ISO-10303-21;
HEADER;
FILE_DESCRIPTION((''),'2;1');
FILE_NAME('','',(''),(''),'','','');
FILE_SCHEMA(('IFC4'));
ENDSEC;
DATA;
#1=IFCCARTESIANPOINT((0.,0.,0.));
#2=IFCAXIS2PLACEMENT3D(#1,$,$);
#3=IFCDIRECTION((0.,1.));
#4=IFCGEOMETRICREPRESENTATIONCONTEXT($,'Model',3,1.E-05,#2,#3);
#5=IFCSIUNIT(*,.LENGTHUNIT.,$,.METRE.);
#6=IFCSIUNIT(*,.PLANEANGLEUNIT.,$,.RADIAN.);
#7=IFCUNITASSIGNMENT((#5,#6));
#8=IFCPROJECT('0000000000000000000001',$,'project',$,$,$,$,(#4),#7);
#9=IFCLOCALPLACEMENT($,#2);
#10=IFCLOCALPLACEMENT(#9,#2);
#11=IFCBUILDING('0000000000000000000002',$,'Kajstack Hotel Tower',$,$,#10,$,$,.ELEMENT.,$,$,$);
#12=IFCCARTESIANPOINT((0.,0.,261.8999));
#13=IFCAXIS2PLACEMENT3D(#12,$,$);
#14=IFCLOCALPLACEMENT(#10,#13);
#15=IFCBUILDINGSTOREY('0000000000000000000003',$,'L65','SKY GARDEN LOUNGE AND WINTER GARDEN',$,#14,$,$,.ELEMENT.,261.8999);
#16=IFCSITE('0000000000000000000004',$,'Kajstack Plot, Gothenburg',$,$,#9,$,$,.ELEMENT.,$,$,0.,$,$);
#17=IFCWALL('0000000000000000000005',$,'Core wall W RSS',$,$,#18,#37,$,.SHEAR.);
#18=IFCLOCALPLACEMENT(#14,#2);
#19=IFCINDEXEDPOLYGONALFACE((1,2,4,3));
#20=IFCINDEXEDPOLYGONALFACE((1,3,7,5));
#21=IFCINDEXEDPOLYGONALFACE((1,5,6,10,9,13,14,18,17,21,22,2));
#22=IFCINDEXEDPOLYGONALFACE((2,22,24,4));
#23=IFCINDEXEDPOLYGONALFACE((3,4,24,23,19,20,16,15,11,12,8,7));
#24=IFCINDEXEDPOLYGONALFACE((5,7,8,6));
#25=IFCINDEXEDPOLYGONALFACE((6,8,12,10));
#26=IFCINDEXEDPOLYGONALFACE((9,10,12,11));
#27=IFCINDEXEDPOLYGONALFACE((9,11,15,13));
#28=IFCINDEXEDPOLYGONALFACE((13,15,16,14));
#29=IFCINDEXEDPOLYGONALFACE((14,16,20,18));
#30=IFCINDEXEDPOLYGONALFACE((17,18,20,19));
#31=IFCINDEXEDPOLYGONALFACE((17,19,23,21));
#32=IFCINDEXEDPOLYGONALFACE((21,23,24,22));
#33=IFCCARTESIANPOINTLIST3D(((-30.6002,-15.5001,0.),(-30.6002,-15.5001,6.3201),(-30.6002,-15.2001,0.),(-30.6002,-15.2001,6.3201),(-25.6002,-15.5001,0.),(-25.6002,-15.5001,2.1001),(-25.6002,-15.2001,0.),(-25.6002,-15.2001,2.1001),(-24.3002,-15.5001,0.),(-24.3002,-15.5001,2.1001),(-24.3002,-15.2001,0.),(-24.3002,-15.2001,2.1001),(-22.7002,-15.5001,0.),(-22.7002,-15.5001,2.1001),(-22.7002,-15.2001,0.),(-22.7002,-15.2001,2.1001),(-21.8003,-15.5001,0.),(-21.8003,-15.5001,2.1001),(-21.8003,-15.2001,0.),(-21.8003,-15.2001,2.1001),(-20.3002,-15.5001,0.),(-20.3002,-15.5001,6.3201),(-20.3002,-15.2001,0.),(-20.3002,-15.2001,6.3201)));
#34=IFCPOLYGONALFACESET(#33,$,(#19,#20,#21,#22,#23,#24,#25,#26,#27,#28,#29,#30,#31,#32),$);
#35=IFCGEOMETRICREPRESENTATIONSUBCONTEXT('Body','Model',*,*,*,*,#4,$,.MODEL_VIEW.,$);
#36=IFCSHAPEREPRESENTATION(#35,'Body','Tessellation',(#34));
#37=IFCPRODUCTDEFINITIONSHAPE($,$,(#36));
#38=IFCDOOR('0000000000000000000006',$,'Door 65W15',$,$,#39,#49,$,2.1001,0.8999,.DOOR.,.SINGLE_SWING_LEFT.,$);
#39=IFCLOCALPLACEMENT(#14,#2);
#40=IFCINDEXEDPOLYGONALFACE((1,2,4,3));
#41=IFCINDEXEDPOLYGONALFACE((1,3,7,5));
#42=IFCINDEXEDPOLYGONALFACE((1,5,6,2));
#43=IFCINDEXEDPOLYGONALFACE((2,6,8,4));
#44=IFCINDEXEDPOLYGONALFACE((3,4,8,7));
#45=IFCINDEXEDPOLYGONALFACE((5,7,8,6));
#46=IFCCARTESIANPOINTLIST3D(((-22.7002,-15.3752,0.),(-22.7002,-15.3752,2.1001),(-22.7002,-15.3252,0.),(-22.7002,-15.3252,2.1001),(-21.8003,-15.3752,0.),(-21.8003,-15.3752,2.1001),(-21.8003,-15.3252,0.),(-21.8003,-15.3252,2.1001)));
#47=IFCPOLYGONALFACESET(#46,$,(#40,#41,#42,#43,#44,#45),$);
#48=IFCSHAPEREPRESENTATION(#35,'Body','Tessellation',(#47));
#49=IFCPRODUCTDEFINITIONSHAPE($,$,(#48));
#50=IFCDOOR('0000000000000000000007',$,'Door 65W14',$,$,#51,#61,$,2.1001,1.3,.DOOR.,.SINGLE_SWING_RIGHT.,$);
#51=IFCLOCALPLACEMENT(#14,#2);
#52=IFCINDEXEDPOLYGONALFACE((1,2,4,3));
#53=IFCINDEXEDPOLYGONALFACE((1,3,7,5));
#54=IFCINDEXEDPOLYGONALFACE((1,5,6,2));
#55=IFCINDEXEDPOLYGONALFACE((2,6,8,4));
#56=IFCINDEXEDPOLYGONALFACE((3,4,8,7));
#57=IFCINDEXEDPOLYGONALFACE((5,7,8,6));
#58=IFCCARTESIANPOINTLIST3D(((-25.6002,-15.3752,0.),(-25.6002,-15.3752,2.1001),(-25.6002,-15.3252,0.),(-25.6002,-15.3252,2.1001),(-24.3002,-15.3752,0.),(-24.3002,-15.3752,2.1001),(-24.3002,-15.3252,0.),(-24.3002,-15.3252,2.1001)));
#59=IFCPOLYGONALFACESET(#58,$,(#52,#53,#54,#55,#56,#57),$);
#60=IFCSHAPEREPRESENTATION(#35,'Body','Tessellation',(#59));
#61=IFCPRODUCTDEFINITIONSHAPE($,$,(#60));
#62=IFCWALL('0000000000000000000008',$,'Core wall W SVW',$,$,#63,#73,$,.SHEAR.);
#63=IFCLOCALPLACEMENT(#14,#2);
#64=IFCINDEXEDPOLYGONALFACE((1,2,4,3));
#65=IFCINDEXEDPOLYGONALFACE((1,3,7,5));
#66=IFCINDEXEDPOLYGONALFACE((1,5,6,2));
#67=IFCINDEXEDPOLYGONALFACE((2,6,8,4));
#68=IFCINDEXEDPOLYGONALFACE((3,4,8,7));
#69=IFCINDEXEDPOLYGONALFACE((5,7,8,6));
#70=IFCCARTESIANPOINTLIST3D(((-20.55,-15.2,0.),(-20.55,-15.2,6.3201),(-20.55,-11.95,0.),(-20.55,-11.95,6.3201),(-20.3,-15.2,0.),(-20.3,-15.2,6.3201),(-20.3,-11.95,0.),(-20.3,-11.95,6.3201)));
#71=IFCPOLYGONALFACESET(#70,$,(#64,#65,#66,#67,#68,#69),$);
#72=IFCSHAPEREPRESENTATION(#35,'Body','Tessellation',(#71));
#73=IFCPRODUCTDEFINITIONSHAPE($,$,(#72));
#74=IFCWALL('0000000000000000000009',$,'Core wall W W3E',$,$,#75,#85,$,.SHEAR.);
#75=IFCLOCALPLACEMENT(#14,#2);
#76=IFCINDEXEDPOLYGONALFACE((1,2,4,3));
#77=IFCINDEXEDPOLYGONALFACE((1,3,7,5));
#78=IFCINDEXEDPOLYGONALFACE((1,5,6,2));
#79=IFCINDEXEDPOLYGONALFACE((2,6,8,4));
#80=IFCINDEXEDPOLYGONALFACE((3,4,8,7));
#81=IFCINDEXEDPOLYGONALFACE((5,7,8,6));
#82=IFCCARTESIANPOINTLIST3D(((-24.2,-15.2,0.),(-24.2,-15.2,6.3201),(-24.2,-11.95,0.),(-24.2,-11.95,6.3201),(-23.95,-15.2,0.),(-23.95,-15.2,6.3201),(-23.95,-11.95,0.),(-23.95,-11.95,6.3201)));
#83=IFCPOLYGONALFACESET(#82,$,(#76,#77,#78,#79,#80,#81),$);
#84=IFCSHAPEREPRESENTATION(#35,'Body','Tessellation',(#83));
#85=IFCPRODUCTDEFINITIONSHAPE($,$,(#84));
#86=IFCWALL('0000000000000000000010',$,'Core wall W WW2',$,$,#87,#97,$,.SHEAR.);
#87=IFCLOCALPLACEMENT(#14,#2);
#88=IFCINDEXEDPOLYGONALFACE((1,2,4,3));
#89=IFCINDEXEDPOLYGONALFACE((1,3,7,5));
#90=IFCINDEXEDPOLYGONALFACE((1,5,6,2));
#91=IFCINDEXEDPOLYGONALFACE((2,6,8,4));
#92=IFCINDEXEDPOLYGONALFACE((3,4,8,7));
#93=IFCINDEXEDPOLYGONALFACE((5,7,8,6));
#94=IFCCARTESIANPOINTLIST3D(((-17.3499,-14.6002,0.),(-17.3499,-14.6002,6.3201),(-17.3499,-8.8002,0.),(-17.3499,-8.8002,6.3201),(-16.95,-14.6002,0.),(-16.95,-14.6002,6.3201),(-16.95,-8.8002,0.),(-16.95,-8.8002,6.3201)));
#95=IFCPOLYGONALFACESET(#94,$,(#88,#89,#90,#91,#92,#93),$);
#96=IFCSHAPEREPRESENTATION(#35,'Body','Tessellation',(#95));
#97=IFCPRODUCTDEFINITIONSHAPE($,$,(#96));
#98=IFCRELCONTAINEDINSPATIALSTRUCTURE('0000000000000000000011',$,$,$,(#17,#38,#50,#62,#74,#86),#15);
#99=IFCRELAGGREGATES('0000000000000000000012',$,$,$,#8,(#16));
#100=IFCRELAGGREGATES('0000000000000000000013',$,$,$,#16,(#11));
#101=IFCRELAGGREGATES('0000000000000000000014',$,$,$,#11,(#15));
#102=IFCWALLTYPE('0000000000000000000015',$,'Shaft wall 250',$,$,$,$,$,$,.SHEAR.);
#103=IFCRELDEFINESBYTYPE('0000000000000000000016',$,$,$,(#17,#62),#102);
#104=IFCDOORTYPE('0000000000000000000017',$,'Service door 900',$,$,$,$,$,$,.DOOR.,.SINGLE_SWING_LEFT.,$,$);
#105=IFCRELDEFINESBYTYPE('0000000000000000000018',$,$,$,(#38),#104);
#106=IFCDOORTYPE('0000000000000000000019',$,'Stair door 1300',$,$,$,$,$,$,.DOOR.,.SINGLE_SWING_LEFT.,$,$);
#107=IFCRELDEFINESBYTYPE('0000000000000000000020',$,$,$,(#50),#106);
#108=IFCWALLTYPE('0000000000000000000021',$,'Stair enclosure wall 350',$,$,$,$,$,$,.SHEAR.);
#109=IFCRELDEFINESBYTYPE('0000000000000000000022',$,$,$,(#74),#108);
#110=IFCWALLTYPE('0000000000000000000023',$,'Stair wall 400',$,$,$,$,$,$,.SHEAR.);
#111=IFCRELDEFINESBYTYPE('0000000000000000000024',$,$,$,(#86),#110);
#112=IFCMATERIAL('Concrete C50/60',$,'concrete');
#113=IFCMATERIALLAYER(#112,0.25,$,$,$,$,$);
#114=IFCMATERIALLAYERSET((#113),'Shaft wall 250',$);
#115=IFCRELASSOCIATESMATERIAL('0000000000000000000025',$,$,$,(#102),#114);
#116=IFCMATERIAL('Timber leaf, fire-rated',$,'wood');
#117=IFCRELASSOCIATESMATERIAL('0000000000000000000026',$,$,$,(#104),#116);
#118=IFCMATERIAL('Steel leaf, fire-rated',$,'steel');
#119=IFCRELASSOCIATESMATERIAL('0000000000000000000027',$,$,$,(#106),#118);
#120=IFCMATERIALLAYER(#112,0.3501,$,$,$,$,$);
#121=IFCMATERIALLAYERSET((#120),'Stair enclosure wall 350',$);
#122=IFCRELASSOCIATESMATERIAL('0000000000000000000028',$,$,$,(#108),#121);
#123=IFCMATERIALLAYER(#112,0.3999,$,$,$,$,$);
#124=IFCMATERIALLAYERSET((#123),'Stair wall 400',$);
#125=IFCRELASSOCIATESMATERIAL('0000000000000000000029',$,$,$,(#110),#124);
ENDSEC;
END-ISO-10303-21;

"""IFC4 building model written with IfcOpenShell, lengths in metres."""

from ifc_helpers import new_model, si_unit, direction, frame, frame_2d, origin, place, context, subcontext, project, spatial, rectangle, extrude, material, layer, layer_set, type_object, element, fill, save


model = new_model("IFC4")

# Units and contexts
model_context = context("Model", 3, precision=1e-05, world=origin(), true_north=direction((0.0, 1.0)))
body_context = subcontext(model_context, "Body", "Model", "MODEL_VIEW")
ifc_project = project(units=[si_unit("LENGTHUNIT", "METRE"), si_unit("PLANEANGLEUNIT", "RADIAN")], contexts=[model_context])

# Site, building, storey
site_placement = place(None, origin())
site = spatial("IfcSite", under=ifc_project, at=site_placement, Name="Kajstack Plot, Gothenburg", CompositionType="ELEMENT", RefElevation=0.0)
building_placement = place(site_placement, origin())
building = spatial("IfcBuilding", under=site, at=building_placement, Name="Kajstack Hotel Tower", CompositionType="ELEMENT")
storey_placement = place(building_placement, frame((0.0, 0.0, 261.8999)))
storey = spatial("IfcBuildingStorey", under=building, at=storey_placement, Name="L65", Description="SKY GARDEN LOUNGE AND WINTER GARDEN", CompositionType="ELEMENT", Elevation=261.8999)

# Wall, openings, doors
ifc_material_1 = material(Name="Concrete C50/60", Category="concrete")
ifc_layer_1 = layer(ifc_material_1, 0.25)
ifc_layer_set_1 = layer_set([ifc_layer_1], Name="Shaft wall 250")
wall_type_1 = type_object("IfcWallType", Name="Shaft wall 250", PredefinedType="SHEAR", material=ifc_layer_set_1)
wall_1_placement = place(storey_placement, frame((-30.6001, -15.3501, 0.0), z_axis=(0.0, 0.0, 1.0), x_axis=(1.0, 0.0, 0.0)))
wall_1 = element("IfcWall", 1, at=wall_1_placement, inside=storey, type_object=wall_type_1, Name="Core wall W RSS", PredefinedType="SHEAR", context=body_context, shape_type="SweptSolid", body=[
    extrude(rectangle(XDim=10.3, YDim=0.3, at=frame_2d((5.1499, 0.0))), origin(), (0.0, 0.0, 1.0), 6.3201),
])
opening_1_placement = place(wall_1_placement, frame((5.0, 0.0, 0.0)))
opening_1 = element("IfcOpeningElement", 2, at=opening_1_placement, cuts=wall_1, PredefinedType="OPENING", context=body_context, shape_type="SweptSolid", body=[
    extrude(rectangle(XDim=1.3, YDim=2.1001, at=frame_2d((0.6499, 1.05))), frame((0.0, 0.1599, 0.0), z_axis=(0.0, -1.0, 0.0), x_axis=(1.0, 0.0, 0.0)), (0.0, 0.0, 1.0), 0.3201),
])
opening_2_placement = place(wall_1_placement, frame((7.8999, 0.0, 0.0)))
opening_2 = element("IfcOpeningElement", 3, at=opening_2_placement, cuts=wall_1, PredefinedType="OPENING", context=body_context, shape_type="SweptSolid", body=[
    extrude(rectangle(XDim=0.8999, YDim=2.1001, at=frame_2d((0.45, 1.05))), frame((0.0, 0.1599, 0.0), z_axis=(0.0, -1.0, 0.0), x_axis=(1.0, 0.0, 0.0)), (0.0, 0.0, 1.0), 0.3201),
])
ifc_material_2 = material(Name="Timber leaf, fire-rated", Category="wood")
door_type_1 = type_object("IfcDoorType", Name="Service door 900", OperationType="SINGLE_SWING_LEFT", PredefinedType="DOOR", material=ifc_material_2)
door_1_placement = place(opening_2_placement, origin())
door_1 = element("IfcDoor", 4, at=door_1_placement, inside=storey, type_object=door_type_1, Name="Door 65W15", OperationType="SINGLE_SWING_LEFT", OverallHeight=2.1001, OverallWidth=0.8999, PredefinedType="DOOR", context=body_context, shape_type="SweptSolid", body=[
    extrude(rectangle(XDim=0.8999, YDim=2.1001, at=frame_2d((0.45, 1.05))), frame((0.0, 0.0249, 0.0), z_axis=(0.0, -1.0, 0.0), x_axis=(1.0, 0.0, 0.0)), (0.0, 0.0, 1.0), 0.05),
])
fill(opening_2, door_1)
ifc_material_3 = material(Name="Steel leaf, fire-rated", Category="steel")
door_type_2 = type_object("IfcDoorType", Name="Stair door 1300", OperationType="SINGLE_SWING_LEFT", PredefinedType="DOOR", material=ifc_material_3)
door_2_placement = place(opening_1_placement, origin())
door_2 = element("IfcDoor", 5, at=door_2_placement, inside=storey, type_object=door_type_2, Name="Door 65W14", OperationType="SINGLE_SWING_RIGHT", OverallHeight=2.1001, OverallWidth=1.3, PredefinedType="DOOR", context=body_context, shape_type="SweptSolid", body=[
    extrude(rectangle(XDim=1.3, YDim=2.1001, at=frame_2d((0.6499, 1.05))), frame((0.0, 0.0249, 0.0), z_axis=(0.0, -1.0, 0.0), x_axis=(1.0, 0.0, 0.0)), (0.0, 0.0, 1.0), 0.05),
])
fill(opening_1, door_2)

# Walls
wall_2_placement = place(storey_placement, frame((-20.425, -15.2, 0.0), z_axis=(0.0, 0.0, 1.0), x_axis=(0.0, 1.0, 0.0)))
element("IfcWall", 6, at=wall_2_placement, inside=storey, type_object=wall_type_1, Name="Core wall W SVW", PredefinedType="SHEAR", context=body_context, shape_type="SweptSolid", body=[
    extrude(rectangle(XDim=3.25, YDim=0.25, at=frame_2d((1.625, 0.0))), origin(), (0.0, 0.0, 1.0), 6.3201),
])
ifc_layer_2 = layer(ifc_material_1, 0.3501)
ifc_layer_set_2 = layer_set([ifc_layer_2], Name="Stair enclosure wall 350")
wall_type_2 = type_object("IfcWallType", Name="Stair enclosure wall 350", PredefinedType="SHEAR", material=ifc_layer_set_2)
wall_3_placement = place(storey_placement, frame((-24.075, -15.2, 0.0), z_axis=(0.0, 0.0, 1.0), x_axis=(0.0, 1.0, 0.0)))
element("IfcWall", 7, at=wall_3_placement, inside=storey, type_object=wall_type_2, Name="Core wall W W3E", PredefinedType="SHEAR", context=body_context, shape_type="SweptSolid", body=[
    extrude(rectangle(XDim=3.25, YDim=0.25, at=frame_2d((1.625, 0.0))), origin(), (0.0, 0.0, 1.0), 6.3201),
])
ifc_layer_3 = layer(ifc_material_1, 0.3999)
ifc_layer_set_3 = layer_set([ifc_layer_3], Name="Stair wall 400")
wall_type_3 = type_object("IfcWallType", Name="Stair wall 400", PredefinedType="SHEAR", material=ifc_layer_set_3)
wall_4_placement = place(storey_placement, frame((-17.1499, -14.6001, 0.0), z_axis=(0.0, 0.0, 1.0), x_axis=(0.0, 1.0, 0.0)))
element("IfcWall", 8, at=wall_4_placement, inside=storey, type_object=wall_type_3, Name="Core wall W WW2", PredefinedType="SHEAR", context=body_context, shape_type="SweptSolid", body=[
    extrude(rectangle(XDim=5.8, YDim=0.3999, at=frame_2d((2.8999, 0.0))), origin(), (0.0, 0.0, 1.0), 6.3201),
])

save(model, "model.ifc")
